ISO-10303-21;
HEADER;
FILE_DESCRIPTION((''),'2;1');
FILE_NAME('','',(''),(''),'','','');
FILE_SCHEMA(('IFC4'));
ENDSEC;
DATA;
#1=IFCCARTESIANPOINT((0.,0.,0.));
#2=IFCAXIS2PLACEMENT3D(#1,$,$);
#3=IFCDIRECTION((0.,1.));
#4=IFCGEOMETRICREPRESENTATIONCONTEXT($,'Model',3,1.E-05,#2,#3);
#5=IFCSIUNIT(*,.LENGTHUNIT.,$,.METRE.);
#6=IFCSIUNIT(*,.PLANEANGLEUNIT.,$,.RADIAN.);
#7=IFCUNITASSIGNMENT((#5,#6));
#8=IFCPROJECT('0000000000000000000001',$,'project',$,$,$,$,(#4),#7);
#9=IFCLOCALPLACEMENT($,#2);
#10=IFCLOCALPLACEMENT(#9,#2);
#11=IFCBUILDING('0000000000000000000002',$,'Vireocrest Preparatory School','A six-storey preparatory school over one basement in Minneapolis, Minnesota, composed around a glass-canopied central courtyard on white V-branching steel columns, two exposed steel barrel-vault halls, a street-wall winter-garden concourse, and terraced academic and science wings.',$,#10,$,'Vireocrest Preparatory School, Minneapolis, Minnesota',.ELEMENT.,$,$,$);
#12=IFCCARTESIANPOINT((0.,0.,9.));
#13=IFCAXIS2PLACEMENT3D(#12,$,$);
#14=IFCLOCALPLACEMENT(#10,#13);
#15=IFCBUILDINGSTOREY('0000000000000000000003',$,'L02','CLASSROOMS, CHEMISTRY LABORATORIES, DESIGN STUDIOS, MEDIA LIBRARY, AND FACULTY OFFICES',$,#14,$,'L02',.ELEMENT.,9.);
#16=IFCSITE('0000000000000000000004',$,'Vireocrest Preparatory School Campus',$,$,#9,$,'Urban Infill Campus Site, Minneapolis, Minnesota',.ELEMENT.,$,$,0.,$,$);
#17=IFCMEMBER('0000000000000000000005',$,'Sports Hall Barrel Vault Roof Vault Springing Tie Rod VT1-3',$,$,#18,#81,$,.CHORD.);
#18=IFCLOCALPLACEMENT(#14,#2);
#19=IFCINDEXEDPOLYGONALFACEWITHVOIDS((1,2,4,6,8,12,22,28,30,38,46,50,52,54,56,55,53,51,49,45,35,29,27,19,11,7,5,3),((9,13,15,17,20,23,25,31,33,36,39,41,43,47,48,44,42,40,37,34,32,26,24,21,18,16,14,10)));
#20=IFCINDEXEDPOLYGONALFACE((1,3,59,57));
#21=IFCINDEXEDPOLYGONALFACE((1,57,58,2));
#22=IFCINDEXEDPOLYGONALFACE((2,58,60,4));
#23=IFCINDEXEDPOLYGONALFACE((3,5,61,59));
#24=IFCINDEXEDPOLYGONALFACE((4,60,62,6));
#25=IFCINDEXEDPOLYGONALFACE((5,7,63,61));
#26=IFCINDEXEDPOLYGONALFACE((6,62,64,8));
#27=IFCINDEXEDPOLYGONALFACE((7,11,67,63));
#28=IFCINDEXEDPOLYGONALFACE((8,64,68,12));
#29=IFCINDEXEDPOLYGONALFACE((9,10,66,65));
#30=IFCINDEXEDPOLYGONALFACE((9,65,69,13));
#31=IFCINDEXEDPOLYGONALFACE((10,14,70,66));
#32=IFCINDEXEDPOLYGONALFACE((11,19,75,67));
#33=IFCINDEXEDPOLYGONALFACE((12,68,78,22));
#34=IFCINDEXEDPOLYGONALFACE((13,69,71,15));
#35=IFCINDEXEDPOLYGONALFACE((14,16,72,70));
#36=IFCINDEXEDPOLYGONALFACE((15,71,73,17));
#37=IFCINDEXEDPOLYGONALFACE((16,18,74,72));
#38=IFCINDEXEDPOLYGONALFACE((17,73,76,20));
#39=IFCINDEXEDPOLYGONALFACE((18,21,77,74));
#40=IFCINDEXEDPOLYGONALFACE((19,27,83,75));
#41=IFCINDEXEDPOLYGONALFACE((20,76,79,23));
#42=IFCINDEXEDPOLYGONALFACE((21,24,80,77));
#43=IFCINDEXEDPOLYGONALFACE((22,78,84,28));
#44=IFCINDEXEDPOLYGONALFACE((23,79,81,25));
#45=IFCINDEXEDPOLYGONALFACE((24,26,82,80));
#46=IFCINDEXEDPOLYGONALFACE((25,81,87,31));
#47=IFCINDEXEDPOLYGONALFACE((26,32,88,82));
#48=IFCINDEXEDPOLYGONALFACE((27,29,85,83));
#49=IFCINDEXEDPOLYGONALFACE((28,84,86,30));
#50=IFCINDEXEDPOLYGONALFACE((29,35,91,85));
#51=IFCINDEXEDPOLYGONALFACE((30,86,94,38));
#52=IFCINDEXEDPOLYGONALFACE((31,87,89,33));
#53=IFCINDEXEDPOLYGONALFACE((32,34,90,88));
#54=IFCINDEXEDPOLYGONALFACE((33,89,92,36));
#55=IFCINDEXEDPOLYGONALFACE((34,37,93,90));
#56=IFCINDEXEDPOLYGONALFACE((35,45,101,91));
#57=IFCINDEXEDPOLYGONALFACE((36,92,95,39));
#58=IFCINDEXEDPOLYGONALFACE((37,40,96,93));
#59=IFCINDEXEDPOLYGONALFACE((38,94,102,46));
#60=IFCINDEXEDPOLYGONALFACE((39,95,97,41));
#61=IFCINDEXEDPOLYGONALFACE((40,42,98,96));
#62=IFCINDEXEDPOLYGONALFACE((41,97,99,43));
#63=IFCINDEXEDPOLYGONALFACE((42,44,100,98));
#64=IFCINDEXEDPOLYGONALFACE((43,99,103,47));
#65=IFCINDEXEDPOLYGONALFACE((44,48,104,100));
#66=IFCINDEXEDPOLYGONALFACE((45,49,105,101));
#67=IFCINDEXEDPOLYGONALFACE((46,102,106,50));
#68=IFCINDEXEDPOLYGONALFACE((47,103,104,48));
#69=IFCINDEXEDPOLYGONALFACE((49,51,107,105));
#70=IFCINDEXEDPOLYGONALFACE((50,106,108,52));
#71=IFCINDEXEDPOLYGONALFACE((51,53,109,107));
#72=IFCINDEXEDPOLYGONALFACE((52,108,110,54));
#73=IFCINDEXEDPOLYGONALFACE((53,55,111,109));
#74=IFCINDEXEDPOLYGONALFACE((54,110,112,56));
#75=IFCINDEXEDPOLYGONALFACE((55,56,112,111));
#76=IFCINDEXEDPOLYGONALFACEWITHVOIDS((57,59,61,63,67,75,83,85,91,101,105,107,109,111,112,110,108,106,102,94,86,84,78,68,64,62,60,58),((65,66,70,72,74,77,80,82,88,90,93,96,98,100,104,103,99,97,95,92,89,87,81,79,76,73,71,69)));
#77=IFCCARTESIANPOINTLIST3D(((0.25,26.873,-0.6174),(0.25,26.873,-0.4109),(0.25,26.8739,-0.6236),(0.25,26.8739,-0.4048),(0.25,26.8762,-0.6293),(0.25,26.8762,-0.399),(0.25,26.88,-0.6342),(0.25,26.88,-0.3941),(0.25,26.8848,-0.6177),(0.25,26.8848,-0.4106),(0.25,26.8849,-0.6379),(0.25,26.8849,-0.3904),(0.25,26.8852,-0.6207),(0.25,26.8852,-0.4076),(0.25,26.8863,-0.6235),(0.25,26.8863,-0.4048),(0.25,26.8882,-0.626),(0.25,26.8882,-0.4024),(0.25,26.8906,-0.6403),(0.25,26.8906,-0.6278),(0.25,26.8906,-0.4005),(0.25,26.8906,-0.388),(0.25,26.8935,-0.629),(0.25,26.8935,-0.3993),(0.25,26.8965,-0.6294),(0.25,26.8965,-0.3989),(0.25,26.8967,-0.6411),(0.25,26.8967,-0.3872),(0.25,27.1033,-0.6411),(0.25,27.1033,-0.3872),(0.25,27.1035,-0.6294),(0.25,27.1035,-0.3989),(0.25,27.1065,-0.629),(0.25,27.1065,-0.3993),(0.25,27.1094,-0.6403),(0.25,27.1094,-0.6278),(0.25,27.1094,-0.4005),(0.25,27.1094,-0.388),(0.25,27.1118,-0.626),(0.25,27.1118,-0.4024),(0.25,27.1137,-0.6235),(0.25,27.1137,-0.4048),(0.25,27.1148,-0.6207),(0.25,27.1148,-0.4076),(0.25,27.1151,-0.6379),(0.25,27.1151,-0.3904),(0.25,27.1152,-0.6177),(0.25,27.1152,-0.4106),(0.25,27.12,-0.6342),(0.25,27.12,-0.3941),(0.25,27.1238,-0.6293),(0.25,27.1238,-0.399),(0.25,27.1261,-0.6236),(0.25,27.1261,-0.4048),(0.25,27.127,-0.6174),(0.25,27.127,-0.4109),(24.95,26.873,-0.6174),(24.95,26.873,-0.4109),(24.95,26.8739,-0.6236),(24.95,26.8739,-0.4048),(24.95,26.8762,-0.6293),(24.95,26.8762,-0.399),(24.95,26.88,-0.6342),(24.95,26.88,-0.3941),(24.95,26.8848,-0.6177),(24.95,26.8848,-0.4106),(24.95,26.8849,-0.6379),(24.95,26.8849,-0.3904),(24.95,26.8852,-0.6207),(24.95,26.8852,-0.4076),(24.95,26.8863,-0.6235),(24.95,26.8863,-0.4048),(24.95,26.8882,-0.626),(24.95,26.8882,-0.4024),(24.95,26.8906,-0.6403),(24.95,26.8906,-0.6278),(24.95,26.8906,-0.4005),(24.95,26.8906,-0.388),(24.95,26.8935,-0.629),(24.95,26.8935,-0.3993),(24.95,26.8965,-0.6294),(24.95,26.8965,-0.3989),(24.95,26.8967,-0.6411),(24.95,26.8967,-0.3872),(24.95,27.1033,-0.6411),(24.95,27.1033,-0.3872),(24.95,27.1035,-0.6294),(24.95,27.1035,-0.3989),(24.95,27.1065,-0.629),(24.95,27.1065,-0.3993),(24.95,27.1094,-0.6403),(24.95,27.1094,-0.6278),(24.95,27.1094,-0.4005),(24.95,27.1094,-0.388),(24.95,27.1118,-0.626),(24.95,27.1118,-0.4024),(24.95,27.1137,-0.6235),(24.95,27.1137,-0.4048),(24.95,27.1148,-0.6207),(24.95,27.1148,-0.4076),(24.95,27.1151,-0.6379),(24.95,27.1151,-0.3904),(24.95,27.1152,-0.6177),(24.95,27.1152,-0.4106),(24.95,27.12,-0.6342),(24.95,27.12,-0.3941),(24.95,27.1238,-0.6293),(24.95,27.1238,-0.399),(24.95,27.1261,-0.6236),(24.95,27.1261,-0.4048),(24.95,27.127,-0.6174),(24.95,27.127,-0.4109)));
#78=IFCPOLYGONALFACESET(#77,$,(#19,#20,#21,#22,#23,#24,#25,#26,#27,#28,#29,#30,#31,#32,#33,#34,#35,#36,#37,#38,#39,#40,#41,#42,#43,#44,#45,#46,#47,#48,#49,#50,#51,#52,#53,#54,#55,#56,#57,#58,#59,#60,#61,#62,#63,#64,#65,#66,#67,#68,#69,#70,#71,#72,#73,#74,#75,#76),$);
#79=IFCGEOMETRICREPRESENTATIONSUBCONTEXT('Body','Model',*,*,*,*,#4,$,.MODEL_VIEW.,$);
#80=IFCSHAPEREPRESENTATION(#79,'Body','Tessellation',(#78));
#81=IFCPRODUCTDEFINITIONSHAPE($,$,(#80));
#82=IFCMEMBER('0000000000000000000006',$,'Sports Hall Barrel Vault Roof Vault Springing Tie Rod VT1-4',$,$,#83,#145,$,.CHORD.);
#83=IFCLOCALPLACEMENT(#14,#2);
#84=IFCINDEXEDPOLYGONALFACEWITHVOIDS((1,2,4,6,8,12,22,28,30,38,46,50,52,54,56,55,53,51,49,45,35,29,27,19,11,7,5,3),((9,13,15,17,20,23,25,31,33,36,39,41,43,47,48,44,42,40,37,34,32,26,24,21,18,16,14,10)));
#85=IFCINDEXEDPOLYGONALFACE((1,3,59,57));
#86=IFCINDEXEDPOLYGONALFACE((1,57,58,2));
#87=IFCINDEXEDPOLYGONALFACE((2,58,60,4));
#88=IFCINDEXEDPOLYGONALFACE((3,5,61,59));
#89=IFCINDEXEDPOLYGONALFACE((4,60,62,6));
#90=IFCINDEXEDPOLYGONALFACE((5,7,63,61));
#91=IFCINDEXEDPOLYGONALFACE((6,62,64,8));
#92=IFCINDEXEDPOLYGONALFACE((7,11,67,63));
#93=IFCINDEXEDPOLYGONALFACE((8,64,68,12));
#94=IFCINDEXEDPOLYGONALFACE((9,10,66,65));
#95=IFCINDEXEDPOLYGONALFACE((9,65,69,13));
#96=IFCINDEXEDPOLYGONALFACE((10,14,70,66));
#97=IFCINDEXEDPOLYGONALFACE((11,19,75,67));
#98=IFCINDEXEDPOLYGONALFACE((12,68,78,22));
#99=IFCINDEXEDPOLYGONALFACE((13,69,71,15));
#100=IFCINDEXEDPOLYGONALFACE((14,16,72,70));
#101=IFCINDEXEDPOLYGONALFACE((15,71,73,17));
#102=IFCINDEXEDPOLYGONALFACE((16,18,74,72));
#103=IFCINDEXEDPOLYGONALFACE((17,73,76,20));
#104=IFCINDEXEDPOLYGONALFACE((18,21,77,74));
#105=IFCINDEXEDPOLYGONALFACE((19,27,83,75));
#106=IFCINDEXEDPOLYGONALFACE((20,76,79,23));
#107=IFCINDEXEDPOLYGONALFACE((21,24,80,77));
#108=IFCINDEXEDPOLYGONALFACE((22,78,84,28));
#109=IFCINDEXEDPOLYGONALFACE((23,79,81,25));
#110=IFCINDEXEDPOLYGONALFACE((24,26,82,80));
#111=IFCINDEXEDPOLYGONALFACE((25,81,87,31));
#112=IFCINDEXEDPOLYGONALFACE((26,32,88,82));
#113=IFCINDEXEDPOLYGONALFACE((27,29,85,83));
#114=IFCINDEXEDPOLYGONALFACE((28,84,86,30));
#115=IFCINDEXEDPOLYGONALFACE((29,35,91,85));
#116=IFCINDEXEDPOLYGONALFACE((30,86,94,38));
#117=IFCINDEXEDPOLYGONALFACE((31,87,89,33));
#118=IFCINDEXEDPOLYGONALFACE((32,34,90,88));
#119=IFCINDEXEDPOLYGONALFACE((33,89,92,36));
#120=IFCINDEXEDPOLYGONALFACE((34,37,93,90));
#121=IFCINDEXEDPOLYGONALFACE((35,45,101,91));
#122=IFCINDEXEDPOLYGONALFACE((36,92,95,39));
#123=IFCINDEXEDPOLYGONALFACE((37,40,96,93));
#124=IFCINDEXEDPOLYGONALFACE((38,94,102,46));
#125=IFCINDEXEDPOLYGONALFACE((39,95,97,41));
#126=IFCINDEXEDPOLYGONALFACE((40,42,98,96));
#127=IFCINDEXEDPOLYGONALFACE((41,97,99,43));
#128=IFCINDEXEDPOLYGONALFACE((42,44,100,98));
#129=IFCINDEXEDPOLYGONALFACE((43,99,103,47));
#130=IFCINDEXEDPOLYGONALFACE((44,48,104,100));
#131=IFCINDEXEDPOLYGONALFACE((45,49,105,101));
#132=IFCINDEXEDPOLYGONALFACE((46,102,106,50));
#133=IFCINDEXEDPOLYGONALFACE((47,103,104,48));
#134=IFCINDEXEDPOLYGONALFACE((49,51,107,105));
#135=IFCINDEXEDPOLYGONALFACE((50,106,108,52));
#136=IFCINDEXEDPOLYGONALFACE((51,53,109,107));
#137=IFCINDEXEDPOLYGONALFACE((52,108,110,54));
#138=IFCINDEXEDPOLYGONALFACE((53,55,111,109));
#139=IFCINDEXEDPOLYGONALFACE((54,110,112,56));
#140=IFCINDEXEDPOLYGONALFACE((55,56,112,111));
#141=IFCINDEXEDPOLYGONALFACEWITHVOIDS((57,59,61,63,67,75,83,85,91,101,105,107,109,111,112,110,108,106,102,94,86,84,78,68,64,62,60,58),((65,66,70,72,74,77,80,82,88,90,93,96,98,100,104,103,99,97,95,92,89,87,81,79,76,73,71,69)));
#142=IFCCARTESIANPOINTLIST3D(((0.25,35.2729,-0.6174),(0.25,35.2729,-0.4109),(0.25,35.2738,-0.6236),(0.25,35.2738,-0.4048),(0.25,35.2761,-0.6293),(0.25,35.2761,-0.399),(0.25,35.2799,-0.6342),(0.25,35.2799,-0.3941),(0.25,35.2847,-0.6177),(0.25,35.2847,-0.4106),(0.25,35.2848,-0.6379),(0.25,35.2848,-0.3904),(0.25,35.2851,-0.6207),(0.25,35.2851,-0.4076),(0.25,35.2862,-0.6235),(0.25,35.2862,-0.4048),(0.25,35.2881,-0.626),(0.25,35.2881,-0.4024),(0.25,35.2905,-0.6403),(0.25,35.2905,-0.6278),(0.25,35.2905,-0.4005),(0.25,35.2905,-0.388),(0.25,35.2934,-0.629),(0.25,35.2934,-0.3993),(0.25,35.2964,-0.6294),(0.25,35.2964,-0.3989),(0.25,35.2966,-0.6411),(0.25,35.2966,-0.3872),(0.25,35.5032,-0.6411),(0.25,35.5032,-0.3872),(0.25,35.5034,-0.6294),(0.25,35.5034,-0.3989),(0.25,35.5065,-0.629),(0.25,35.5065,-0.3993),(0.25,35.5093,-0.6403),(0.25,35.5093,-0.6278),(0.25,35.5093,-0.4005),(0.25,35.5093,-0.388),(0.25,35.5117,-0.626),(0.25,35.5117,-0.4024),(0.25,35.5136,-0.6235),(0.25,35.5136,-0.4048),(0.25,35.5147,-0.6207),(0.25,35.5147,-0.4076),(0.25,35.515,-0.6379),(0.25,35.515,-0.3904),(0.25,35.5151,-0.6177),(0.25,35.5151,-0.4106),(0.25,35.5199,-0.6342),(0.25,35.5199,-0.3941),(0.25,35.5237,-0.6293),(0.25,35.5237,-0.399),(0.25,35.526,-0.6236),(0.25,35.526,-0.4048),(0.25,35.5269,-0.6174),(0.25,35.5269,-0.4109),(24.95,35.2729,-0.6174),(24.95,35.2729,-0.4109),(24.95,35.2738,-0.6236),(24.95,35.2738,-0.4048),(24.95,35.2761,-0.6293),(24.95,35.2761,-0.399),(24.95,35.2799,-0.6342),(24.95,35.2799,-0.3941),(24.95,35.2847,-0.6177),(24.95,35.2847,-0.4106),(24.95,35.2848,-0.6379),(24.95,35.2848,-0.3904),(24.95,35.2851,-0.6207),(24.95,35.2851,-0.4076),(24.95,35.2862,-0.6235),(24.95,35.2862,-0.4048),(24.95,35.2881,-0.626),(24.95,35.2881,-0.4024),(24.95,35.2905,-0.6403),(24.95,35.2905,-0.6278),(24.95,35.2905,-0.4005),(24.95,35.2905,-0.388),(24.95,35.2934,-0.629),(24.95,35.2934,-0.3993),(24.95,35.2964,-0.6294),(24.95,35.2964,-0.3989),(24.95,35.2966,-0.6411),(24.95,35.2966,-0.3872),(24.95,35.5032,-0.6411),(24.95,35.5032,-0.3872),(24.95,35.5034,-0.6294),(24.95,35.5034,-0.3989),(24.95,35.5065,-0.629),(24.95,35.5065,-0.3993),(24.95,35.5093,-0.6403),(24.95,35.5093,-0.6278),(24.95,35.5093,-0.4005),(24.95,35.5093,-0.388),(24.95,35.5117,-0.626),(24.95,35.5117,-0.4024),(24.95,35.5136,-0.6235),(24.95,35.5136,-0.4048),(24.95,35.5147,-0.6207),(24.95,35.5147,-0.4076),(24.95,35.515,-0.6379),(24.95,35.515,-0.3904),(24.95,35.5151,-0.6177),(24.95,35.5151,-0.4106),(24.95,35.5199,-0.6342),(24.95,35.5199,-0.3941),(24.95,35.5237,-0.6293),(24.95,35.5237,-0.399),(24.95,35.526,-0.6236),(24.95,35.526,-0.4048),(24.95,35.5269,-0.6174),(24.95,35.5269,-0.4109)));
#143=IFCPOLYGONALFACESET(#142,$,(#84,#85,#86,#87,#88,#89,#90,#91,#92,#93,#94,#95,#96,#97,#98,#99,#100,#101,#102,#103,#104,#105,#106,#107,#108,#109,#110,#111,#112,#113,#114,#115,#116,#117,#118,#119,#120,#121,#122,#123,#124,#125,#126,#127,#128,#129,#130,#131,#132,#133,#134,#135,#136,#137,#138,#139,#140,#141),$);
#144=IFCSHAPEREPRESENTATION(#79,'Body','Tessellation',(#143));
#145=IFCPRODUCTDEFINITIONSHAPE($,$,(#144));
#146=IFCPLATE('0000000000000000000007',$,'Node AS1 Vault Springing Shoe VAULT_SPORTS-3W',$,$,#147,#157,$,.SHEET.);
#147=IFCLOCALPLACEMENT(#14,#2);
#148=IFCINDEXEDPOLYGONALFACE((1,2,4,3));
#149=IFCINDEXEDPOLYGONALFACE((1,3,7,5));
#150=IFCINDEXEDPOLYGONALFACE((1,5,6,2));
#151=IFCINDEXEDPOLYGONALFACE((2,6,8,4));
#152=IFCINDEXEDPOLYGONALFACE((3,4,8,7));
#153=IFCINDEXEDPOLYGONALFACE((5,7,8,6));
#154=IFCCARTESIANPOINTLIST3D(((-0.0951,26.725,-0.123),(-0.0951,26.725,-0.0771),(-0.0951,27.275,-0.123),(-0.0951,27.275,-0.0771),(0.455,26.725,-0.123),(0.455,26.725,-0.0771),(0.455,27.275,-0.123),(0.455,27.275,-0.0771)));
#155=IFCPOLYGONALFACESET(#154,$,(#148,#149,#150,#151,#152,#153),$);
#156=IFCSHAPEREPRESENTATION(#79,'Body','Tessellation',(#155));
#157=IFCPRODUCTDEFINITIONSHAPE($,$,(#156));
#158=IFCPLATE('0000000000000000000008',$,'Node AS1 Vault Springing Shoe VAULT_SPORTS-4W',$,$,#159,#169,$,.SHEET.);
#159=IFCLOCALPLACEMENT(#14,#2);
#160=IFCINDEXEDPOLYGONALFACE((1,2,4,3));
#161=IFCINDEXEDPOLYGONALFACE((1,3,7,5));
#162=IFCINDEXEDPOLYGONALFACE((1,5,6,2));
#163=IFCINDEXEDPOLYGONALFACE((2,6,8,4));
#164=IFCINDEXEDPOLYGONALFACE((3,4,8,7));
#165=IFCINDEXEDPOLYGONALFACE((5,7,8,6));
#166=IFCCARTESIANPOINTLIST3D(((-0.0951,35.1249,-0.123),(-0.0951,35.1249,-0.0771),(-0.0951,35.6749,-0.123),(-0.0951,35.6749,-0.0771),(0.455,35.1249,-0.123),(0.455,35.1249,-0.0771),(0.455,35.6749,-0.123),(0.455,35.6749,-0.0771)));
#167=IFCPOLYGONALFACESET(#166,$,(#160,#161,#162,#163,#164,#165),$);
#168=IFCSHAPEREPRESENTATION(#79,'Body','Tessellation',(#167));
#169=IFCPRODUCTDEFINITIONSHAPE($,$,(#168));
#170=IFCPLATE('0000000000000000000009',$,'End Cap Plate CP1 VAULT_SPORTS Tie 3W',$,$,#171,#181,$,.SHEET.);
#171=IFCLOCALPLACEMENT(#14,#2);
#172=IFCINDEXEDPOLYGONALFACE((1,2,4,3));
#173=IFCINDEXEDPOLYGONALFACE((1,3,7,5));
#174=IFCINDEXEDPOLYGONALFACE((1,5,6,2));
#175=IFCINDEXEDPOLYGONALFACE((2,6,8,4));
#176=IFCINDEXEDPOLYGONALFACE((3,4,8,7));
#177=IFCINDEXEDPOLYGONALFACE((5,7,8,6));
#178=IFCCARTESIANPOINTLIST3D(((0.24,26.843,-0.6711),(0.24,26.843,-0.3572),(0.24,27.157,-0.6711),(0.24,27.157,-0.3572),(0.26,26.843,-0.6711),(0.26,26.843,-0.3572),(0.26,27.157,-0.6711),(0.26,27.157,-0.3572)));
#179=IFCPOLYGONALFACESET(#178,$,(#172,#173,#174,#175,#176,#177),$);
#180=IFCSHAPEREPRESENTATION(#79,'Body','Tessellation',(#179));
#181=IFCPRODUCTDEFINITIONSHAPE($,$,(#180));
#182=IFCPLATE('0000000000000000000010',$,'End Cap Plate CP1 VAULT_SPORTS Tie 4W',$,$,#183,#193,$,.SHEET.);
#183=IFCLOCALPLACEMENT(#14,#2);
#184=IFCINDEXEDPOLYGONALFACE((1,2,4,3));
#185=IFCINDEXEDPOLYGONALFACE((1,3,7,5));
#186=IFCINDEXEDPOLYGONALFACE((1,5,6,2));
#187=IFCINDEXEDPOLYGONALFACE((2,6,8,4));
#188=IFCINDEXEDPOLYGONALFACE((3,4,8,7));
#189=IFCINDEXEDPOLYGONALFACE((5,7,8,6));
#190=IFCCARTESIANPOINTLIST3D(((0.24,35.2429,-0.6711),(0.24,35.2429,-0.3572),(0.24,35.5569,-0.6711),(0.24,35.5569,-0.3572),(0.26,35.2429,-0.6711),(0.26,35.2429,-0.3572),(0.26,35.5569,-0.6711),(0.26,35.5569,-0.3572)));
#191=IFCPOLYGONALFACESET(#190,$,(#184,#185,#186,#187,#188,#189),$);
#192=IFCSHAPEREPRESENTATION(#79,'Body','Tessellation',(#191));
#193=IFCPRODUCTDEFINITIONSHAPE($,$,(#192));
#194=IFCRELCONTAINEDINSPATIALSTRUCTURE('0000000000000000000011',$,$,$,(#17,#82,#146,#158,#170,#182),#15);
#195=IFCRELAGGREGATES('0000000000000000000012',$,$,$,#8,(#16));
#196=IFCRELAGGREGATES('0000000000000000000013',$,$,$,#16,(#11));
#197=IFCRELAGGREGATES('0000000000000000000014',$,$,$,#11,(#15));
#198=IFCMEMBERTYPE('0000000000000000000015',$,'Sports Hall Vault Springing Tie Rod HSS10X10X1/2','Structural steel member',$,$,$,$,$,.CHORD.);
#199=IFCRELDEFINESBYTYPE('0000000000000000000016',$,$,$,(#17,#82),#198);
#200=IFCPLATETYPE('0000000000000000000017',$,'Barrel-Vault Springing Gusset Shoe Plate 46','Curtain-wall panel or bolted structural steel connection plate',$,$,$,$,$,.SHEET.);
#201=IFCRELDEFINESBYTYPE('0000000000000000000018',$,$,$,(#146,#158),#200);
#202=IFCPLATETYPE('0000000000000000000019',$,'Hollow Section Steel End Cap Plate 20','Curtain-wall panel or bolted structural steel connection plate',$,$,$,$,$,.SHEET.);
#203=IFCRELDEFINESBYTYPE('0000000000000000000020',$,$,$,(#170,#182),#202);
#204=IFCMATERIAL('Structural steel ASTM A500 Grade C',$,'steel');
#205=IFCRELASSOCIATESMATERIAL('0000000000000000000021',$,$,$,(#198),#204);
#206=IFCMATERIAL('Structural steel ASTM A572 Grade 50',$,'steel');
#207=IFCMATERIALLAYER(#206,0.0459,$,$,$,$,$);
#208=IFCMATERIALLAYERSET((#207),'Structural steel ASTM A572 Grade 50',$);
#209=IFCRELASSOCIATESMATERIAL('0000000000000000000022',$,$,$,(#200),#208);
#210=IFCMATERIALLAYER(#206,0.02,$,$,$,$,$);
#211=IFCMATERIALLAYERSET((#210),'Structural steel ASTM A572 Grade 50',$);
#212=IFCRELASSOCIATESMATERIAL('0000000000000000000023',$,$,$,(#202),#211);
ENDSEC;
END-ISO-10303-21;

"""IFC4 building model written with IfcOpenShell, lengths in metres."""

from ifc_helpers import new_model, si_unit, direction, frame, origin, origin_2d, place, context, subcontext, project, spatial, rectangle, hollow_rectangle, extrude, material, layer, layer_set, material_profile, profile_set, type_object, element, save


model = new_model("IFC4")

# Units and contexts
model_context = context("Model", 3, precision=1e-05, world=origin(), true_north=direction((0.0, 1.0)))
body_context = subcontext(model_context, "Body", "Model", "MODEL_VIEW")
ifc_project = project(units=[si_unit("LENGTHUNIT", "METRE"), si_unit("PLANEANGLEUNIT", "RADIAN")], contexts=[model_context])

# Site, building, storey
site_placement = place(None, origin())
site = spatial("IfcSite", under=ifc_project, at=site_placement, Name="Vireocrest Preparatory School Campus", LongName="Urban Infill Campus Site, Minneapolis, Minnesota", CompositionType="ELEMENT", RefElevation=0.0)
building_placement = place(site_placement, origin())
building = spatial("IfcBuilding", under=site, at=building_placement, Name="Vireocrest Preparatory School", Description="A six-storey preparatory school over one basement in Minneapolis, Minnesota, composed around a glass-canopied central courtyard on white V-branching steel columns, two exposed steel barrel-vault halls, a street-wall winter-garden concourse, and terraced academic and science wings.", LongName="Vireocrest Preparatory School, Minneapolis, Minnesota", CompositionType="ELEMENT")
storey_placement = place(building_placement, frame((0.0, 0.0, 9.0)))
storey = spatial("IfcBuildingStorey", under=building, at=storey_placement, Name="L02", Description="CLASSROOMS, CHEMISTRY LABORATORIES, DESIGN STUDIOS, MEDIA LIBRARY, AND FACULTY OFFICES", LongName="L02", CompositionType="ELEMENT", Elevation=9.0)

# Shared definitions
ifc_material_1 = material(Name="Structural steel ASTM A500 Grade C", Category="steel")

# Members
ifc_material_profile_1 = material_profile(ifc_material_1, hollow_rectangle(XDim=0.2539, YDim=0.2539, WallThickness=0.0117, InnerFilletRadius=0.0117, OuterFilletRadius=0.0237, at=origin_2d()), Name="HSS10X10X1/2")
ifc_profile_set_1 = profile_set([ifc_material_profile_1], Name="Structural steel ASTM A500 Grade C")
member_type_1 = type_object("IfcMemberType", Name="Sports Hall Vault Springing Tie Rod HSS10X10X1/2", Description="Structural steel member", PredefinedType="CHORD", material=ifc_profile_set_1)
for number, where, z_axis, x_axis, name in (
    (1, (0.25, 27.0, -0.5142), (1.0, 0.0, 0.0), (0.0, 1.0, 0.0), "Sports Hall Barrel Vault Roof Vault Springing Tie Rod VT1-3"),
    (2, (0.25, 35.3999, -0.5142), (1.0, 0.0, 0.0), (0.0, 1.0, 0.0), "Sports Hall Barrel Vault Roof Vault Springing Tie Rod VT1-4"),
):
    element("IfcMember", number, at=place(storey_placement, frame(where, z_axis=z_axis, x_axis=x_axis)), inside=storey, type_object=member_type_1, Name=name, PredefinedType="CHORD", context=body_context, shape_type="SweptSolid", body=[
        extrude(hollow_rectangle(XDim=0.2539, YDim=0.2539, WallThickness=0.0117, InnerFilletRadius=0.0117, OuterFilletRadius=0.0237, at=origin_2d()), origin(), (0.0, 0.0, 1.0), 24.7),
    ])

# Plates
ifc_material_2 = material(Name="Structural steel ASTM A572 Grade 50", Category="steel")
ifc_layer_1 = layer(ifc_material_2, 0.0459)
ifc_layer_set_1 = layer_set([ifc_layer_1], Name="Structural steel ASTM A572 Grade 50")
plate_type_1 = type_object("IfcPlateType", Name="Barrel-Vault Springing Gusset Shoe Plate 46", Description="Curtain-wall panel or bolted structural steel connection plate", PredefinedType="SHEET", material=ifc_layer_set_1)
for number, where, z_axis, x_axis, name in (
    (3, (0.1799, 27.0, -0.123), (0.0, 0.0, 1.0), (1.0, 0.0, 0.0), "Node AS1 Vault Springing Shoe VAULT_SPORTS-3W"),
    (4, (0.1799, 35.3999, -0.123), (0.0, 0.0, 1.0), (1.0, 0.0, 0.0), "Node AS1 Vault Springing Shoe VAULT_SPORTS-4W"),
):
    element("IfcPlate", number, at=place(storey_placement, frame(where, z_axis=z_axis, x_axis=x_axis)), inside=storey, type_object=plate_type_1, Name=name, PredefinedType="SHEET", context=body_context, shape_type="SweptSolid", body=[
        extrude(rectangle(XDim=0.55, YDim=0.55, at=origin_2d()), origin(), (0.0, 0.0, 1.0), 0.0459),
    ])
ifc_layer_2 = layer(ifc_material_2, 0.02)
ifc_layer_set_2 = layer_set([ifc_layer_2], Name="Structural steel ASTM A572 Grade 50")
plate_type_2 = type_object("IfcPlateType", Name="Hollow Section Steel End Cap Plate 20", Description="Curtain-wall panel or bolted structural steel connection plate", PredefinedType="SHEET", material=ifc_layer_set_2)
for number, where, z_axis, x_axis, name in (
    (5, (0.25, 27.0, -0.6711), (0.0, 0.0, 1.0), (1.0, 0.0, 0.0), "End Cap Plate CP1 VAULT_SPORTS Tie 3W"),
    (6, (0.25, 35.3999, -0.6711), (0.0, 0.0, 1.0), (1.0, 0.0, 0.0), "End Cap Plate CP1 VAULT_SPORTS Tie 4W"),
):
    element("IfcPlate", number, at=place(storey_placement, frame(where, z_axis=z_axis, x_axis=x_axis)), inside=storey, type_object=plate_type_2, Name=name, PredefinedType="SHEET", context=body_context, shape_type="SweptSolid", body=[
        extrude(rectangle(XDim=0.02, YDim=0.314, at=origin_2d()), origin(), (0.0, 0.0, 1.0), 0.314),
    ])

save(model, "model.ifc")
